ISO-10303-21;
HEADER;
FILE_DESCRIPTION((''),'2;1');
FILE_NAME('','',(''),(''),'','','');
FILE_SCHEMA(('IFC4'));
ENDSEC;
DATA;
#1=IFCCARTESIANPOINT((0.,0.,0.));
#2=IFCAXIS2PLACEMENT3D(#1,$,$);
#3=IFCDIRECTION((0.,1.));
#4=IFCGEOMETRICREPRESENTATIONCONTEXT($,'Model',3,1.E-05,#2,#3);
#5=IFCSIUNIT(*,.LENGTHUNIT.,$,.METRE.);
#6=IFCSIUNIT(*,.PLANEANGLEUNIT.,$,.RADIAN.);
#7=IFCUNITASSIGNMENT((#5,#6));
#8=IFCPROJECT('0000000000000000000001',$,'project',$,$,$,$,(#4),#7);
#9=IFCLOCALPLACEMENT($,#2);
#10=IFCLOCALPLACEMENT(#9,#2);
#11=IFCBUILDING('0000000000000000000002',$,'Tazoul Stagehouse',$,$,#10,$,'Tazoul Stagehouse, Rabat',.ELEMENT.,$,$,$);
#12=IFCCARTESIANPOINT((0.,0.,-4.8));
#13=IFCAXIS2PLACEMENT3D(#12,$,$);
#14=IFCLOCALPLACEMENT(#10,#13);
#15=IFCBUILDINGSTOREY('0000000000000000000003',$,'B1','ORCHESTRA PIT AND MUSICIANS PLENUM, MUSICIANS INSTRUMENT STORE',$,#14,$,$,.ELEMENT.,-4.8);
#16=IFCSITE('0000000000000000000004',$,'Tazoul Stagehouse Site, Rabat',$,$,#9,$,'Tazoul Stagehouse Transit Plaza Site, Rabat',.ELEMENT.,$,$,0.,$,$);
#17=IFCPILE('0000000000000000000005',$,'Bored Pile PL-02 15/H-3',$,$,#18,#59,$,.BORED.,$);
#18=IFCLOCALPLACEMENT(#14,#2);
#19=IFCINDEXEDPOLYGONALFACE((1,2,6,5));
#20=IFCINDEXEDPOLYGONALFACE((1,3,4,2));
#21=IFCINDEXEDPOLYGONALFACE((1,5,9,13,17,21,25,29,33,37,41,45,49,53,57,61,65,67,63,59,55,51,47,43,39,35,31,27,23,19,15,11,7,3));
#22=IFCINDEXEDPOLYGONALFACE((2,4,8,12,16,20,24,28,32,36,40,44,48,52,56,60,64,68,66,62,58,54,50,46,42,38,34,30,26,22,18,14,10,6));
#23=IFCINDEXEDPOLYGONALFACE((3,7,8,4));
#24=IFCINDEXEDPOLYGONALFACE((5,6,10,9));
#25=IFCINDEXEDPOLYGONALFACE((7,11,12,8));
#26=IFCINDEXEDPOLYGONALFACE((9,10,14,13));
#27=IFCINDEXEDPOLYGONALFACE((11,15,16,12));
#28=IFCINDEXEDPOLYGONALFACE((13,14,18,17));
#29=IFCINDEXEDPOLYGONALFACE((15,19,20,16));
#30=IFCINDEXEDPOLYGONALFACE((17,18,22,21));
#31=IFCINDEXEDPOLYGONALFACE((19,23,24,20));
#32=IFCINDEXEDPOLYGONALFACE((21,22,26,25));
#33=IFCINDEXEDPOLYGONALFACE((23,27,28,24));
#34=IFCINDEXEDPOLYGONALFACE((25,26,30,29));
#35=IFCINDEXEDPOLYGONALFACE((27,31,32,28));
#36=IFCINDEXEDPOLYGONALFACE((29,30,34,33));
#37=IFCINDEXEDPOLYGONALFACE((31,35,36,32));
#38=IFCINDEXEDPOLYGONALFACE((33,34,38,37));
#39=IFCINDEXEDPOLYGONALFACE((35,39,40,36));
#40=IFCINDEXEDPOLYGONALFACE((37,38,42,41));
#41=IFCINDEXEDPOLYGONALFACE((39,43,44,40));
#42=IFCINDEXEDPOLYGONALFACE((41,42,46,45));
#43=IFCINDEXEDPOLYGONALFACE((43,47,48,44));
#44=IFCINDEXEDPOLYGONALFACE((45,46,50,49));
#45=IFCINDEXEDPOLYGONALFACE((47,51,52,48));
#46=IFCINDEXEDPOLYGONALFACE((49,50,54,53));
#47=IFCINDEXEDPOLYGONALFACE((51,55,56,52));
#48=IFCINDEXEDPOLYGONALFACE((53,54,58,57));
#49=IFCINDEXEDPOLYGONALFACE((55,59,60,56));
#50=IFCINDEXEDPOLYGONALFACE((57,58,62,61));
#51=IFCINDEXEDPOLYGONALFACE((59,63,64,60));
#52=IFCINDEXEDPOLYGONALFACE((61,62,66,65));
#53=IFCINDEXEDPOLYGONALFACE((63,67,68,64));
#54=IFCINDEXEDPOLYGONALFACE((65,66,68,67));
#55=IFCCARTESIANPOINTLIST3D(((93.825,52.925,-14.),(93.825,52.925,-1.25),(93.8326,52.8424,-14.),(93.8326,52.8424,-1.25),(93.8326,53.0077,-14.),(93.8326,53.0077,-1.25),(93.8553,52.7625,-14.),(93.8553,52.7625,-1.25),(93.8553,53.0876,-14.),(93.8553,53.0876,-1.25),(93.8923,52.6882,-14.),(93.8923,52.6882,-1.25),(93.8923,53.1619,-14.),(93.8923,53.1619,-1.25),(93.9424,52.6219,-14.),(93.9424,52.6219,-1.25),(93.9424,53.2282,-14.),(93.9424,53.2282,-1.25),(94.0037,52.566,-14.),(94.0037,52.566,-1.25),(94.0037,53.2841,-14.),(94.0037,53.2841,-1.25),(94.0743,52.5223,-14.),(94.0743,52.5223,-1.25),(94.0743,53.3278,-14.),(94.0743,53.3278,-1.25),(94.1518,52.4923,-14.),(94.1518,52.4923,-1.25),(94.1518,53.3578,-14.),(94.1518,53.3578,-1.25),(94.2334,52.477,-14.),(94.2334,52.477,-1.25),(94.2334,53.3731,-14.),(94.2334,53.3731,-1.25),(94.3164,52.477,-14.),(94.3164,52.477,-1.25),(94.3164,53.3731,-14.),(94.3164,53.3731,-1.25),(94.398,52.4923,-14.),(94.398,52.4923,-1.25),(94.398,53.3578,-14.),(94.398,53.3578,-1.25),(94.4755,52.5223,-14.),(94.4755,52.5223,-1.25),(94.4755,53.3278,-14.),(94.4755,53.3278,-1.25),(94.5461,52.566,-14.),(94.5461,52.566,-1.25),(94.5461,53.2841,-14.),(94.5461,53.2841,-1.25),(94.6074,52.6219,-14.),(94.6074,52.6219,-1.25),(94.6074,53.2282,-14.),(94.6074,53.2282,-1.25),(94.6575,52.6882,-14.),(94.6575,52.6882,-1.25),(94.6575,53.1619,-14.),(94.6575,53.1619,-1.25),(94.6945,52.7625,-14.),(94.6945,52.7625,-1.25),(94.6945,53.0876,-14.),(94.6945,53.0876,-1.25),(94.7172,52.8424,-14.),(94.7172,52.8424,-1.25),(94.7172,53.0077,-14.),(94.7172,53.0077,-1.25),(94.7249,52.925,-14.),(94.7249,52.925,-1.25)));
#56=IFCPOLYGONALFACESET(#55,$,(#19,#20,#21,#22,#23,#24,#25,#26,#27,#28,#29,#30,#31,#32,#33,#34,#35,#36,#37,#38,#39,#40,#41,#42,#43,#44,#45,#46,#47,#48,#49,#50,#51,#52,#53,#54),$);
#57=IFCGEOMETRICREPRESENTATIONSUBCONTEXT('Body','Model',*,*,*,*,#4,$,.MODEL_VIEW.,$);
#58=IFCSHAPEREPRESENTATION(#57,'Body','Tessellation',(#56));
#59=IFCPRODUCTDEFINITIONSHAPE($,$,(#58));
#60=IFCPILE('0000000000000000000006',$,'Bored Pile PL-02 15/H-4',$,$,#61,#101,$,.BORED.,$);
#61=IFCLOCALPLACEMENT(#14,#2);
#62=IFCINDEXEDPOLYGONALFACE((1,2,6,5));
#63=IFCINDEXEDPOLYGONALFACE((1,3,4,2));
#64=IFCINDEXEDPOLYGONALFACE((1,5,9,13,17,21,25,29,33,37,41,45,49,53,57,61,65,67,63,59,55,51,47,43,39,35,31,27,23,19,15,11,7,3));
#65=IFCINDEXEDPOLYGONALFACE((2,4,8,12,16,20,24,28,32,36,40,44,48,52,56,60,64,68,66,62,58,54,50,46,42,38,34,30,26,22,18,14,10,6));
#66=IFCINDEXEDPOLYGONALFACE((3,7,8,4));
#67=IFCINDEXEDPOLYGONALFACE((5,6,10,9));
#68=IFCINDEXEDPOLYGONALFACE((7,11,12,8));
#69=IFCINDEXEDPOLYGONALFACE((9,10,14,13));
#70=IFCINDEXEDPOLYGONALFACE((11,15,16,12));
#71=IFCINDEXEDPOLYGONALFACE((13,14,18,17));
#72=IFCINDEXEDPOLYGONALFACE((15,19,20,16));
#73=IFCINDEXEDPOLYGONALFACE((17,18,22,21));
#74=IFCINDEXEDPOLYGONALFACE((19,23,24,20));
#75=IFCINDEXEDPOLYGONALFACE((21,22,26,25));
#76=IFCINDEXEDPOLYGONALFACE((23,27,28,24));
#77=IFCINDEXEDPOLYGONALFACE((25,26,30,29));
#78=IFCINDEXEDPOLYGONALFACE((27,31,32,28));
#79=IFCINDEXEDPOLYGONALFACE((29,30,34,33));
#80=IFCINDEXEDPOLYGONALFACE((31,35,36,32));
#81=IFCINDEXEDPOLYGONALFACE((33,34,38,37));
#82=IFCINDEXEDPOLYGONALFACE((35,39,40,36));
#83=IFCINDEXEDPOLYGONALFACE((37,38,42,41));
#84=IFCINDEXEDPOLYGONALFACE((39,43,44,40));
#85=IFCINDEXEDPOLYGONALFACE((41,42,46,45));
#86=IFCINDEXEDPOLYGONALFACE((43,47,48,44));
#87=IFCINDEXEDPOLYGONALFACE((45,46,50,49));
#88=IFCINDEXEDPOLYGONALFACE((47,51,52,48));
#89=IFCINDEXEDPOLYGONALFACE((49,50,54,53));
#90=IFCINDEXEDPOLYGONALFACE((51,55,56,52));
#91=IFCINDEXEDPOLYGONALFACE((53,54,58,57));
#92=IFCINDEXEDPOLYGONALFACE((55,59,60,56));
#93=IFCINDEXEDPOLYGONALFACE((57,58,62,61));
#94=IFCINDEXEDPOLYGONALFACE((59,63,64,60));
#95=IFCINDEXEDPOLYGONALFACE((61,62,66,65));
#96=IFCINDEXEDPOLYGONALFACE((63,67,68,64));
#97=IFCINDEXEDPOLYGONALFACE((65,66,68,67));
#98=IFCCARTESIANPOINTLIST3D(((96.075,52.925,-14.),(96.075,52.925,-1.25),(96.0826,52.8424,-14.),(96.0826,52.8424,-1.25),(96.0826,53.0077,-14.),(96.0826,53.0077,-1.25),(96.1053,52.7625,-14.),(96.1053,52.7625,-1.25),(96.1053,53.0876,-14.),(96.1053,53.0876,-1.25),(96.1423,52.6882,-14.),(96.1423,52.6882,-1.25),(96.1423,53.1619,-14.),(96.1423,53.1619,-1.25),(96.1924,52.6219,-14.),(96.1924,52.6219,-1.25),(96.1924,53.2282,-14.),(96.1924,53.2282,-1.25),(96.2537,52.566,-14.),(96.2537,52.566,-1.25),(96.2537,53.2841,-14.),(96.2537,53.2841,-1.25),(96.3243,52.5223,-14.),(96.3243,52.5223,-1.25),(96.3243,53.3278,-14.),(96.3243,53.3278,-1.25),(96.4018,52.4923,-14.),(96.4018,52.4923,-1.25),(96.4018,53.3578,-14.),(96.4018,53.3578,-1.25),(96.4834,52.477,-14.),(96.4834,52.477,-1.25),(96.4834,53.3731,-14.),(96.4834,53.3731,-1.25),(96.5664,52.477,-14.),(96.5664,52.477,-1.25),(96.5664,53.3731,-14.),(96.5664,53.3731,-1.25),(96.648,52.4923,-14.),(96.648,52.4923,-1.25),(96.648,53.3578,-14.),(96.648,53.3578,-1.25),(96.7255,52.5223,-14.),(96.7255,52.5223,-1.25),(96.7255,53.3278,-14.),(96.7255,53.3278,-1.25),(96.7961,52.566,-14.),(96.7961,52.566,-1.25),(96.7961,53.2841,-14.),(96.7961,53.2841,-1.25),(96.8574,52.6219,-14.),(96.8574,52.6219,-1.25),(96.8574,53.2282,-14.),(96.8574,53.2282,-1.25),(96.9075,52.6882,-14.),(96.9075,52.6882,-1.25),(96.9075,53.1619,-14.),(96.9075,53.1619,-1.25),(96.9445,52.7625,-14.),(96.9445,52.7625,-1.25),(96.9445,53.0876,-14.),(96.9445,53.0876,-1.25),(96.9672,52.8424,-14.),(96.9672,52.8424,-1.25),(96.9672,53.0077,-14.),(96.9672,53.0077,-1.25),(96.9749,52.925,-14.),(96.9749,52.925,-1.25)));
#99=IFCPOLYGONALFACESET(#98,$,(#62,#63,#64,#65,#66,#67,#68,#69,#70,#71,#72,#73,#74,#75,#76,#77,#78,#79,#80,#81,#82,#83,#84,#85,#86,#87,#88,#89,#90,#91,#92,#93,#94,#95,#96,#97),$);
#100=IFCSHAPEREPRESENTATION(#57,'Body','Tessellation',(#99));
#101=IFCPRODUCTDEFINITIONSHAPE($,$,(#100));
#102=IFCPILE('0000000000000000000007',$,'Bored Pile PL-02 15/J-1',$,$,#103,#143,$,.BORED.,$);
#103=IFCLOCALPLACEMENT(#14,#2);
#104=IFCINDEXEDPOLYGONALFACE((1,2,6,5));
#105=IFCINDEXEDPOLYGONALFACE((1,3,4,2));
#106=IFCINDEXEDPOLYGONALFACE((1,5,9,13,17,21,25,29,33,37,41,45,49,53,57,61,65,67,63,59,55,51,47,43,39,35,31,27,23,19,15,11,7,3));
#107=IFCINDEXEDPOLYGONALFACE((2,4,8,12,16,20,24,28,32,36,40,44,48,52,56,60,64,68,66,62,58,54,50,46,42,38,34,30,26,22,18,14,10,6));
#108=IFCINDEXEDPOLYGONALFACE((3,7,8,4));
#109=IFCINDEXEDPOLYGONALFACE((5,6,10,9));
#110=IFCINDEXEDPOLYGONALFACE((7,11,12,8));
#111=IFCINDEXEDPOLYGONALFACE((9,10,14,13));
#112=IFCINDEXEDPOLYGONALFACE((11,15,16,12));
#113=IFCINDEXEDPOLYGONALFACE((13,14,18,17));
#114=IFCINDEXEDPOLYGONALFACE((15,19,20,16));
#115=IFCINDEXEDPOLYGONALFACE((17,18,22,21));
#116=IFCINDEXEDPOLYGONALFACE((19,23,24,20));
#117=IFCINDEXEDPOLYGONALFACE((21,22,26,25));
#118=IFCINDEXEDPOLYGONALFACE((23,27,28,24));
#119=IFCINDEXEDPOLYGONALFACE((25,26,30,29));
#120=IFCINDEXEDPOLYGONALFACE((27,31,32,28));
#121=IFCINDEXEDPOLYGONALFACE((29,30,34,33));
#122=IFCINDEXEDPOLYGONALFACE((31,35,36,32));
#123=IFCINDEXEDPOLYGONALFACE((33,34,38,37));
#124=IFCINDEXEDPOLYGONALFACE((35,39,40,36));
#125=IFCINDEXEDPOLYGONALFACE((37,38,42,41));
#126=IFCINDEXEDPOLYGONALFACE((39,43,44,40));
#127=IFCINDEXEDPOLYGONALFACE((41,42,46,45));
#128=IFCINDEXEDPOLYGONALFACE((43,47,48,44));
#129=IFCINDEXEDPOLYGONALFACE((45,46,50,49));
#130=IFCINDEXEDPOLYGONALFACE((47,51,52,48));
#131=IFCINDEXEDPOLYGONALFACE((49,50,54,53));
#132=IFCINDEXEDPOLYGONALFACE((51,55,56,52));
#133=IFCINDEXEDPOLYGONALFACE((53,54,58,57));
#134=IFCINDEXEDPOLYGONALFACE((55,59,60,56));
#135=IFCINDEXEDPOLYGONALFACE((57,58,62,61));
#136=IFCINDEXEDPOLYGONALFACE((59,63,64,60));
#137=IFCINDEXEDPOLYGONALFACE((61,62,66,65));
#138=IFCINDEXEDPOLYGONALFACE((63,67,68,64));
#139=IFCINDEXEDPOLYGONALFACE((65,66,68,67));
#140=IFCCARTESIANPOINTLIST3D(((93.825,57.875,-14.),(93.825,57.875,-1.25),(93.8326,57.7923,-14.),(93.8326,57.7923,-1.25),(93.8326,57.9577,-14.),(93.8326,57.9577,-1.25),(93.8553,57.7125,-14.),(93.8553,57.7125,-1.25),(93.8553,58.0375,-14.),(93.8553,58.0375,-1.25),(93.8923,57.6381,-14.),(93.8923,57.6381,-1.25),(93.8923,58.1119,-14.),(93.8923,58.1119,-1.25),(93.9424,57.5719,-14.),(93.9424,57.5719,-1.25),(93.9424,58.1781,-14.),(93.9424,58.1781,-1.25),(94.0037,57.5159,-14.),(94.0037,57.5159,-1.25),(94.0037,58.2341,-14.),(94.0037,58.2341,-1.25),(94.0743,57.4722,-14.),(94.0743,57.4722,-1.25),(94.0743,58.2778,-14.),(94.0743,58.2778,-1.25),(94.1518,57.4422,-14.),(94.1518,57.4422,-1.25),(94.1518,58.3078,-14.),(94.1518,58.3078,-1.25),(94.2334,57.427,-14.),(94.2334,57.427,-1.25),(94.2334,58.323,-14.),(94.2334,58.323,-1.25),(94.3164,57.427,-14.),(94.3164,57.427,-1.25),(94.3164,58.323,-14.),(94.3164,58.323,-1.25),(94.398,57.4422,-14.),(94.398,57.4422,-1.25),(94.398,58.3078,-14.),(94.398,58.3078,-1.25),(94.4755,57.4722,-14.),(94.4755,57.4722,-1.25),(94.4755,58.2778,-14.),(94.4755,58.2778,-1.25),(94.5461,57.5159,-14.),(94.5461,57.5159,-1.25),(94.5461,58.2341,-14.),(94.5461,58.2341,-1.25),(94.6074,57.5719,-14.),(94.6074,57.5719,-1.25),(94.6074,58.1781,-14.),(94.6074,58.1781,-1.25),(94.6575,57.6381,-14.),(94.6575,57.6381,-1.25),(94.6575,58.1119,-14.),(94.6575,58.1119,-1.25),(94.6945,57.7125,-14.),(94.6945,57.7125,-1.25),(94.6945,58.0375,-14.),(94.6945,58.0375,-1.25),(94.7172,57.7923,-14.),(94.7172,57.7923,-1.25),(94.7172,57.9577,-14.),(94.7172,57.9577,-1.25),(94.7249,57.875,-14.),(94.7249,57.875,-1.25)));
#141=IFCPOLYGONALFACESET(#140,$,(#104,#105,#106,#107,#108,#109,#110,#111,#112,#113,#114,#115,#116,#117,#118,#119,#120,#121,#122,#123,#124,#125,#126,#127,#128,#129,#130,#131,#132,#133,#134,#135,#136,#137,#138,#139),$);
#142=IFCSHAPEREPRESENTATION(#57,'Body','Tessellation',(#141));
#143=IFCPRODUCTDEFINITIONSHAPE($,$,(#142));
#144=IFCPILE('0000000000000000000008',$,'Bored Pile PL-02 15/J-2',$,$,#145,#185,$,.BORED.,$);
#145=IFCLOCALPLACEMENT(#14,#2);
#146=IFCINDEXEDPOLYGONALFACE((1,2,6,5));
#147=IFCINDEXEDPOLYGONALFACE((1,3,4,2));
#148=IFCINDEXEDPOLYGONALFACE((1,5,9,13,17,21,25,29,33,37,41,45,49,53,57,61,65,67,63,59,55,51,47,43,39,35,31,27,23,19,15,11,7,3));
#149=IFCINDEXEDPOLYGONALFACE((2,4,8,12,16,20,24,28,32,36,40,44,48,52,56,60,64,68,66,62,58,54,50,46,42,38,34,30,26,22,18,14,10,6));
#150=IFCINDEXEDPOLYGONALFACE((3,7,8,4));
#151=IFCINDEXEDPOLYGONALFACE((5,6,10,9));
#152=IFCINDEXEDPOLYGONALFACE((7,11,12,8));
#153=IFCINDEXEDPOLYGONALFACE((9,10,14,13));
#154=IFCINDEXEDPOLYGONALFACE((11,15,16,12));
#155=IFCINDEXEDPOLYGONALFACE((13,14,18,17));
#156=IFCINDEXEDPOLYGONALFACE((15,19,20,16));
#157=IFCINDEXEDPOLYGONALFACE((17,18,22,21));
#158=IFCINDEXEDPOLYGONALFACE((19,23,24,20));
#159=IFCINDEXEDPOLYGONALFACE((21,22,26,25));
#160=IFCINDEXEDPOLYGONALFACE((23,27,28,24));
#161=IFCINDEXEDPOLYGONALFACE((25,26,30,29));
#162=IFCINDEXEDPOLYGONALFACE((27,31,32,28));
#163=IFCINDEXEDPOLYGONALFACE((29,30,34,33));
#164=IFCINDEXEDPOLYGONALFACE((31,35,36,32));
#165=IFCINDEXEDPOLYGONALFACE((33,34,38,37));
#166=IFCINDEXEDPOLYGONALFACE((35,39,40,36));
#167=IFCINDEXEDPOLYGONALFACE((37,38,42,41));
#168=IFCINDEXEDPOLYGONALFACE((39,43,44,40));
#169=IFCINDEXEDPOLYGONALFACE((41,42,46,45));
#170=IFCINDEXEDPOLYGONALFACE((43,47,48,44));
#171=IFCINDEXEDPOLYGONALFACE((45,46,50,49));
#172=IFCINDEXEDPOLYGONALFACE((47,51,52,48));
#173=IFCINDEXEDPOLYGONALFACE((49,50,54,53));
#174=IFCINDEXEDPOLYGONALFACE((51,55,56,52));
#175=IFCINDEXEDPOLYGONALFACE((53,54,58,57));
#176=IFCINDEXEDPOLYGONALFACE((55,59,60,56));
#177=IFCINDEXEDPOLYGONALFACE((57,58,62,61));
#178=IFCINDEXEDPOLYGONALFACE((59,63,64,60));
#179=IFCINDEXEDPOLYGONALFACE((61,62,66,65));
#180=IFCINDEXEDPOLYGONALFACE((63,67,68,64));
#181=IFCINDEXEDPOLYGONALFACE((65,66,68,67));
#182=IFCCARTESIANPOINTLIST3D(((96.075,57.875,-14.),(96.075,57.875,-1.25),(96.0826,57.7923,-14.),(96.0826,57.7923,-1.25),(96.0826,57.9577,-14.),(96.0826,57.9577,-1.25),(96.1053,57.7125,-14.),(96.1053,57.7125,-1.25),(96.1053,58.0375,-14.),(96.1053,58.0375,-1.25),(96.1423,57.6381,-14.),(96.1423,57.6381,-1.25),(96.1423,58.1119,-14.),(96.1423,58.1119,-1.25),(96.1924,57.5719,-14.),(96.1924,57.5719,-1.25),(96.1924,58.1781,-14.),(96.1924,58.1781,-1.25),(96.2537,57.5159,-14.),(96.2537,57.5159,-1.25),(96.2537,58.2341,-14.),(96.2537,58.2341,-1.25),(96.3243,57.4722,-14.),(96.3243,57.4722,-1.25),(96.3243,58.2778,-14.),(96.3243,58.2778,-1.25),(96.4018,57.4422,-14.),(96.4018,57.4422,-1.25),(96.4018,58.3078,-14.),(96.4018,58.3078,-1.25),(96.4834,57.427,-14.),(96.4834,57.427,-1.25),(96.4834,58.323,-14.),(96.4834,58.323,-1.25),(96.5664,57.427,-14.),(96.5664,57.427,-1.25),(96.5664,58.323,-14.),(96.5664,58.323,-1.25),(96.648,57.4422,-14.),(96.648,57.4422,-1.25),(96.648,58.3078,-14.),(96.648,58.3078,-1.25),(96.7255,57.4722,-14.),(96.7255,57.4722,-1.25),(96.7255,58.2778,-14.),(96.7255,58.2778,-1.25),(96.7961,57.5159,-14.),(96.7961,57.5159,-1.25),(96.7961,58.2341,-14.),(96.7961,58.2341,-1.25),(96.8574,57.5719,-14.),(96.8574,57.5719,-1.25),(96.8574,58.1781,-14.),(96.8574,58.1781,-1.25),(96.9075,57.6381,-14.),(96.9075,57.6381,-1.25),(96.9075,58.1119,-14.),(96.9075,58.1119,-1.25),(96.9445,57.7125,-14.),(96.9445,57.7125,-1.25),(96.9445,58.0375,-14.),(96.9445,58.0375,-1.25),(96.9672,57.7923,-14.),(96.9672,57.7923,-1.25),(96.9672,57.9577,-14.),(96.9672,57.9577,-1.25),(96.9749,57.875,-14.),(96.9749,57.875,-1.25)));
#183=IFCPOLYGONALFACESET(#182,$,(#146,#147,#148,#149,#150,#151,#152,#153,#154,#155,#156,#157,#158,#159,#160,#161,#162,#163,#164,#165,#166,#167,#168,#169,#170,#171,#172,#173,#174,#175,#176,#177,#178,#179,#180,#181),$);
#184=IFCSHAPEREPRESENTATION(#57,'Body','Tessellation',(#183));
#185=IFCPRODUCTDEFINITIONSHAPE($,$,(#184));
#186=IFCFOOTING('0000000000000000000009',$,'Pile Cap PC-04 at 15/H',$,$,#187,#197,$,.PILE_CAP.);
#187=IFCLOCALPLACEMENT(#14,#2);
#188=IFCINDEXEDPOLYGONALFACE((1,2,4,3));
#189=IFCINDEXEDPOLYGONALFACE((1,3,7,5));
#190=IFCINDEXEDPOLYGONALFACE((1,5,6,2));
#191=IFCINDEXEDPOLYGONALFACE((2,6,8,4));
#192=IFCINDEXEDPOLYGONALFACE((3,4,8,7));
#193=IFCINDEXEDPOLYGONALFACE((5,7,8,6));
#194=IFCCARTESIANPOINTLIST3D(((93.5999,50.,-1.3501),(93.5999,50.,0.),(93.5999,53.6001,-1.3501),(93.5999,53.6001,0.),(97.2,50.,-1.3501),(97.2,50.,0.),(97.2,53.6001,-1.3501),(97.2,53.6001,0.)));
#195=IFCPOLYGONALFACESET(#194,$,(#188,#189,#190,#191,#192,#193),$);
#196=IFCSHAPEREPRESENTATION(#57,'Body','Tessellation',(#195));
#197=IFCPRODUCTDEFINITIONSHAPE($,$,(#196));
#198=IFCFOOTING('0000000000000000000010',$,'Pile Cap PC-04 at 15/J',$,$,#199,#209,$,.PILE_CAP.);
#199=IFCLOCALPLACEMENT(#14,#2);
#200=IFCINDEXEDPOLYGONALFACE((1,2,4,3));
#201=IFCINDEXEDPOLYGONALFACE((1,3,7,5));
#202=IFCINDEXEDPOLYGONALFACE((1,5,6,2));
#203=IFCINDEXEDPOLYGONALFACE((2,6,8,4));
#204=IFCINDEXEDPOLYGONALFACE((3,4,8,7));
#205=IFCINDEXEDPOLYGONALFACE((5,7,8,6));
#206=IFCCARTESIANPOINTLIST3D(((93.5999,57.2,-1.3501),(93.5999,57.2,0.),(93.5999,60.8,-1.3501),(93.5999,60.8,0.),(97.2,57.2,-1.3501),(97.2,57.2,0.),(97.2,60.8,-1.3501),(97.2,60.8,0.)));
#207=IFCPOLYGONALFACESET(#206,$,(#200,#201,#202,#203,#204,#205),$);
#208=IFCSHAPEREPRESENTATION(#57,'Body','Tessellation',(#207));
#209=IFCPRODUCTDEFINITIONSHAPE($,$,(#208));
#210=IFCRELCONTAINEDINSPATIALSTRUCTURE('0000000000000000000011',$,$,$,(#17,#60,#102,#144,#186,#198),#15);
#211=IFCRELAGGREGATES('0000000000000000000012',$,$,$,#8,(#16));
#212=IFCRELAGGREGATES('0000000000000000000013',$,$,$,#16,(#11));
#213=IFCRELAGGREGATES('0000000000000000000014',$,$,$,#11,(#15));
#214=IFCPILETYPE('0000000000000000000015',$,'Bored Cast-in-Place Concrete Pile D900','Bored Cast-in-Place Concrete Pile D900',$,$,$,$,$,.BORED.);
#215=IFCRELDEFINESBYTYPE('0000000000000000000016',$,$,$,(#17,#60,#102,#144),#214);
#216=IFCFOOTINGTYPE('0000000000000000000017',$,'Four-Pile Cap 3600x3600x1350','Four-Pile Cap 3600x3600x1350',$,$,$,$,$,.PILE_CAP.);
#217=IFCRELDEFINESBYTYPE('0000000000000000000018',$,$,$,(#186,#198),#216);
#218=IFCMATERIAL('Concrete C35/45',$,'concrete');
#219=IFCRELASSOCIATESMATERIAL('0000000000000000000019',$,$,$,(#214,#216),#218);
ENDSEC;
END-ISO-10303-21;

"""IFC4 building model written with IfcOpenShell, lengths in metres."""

from ifc_helpers import new_model, si_unit, direction, frame, origin, origin_2d, place, context, subcontext, project, spatial, rectangle, circle, extrude, material, material_profile, profile_set, type_object, element, save


model = new_model("IFC4")

# Units and contexts
model_context = context("Model", 3, precision=1e-05, world=origin(), true_north=direction((0.0, 1.0)))
body_context = subcontext(model_context, "Body", "Model", "MODEL_VIEW")
ifc_project = project(units=[si_unit("LENGTHUNIT", "METRE"), si_unit("PLANEANGLEUNIT", "RADIAN")], contexts=[model_context])

# Site, building, storey
site_placement = place(None, origin())
site = spatial("IfcSite", under=ifc_project, at=site_placement, Name="Tazoul Stagehouse Site, Rabat", LongName="Tazoul Stagehouse Transit Plaza Site, Rabat", CompositionType="ELEMENT", RefElevation=0.0)
building_placement = place(site_placement, origin())
building = spatial("IfcBuilding", under=site, at=building_placement, Name="Tazoul Stagehouse", LongName="Tazoul Stagehouse, Rabat", CompositionType="ELEMENT")
storey_placement = place(building_placement, frame((0.0, 0.0, -4.8)))
storey = spatial("IfcBuildingStorey", under=building, at=storey_placement, Name="B1", Description="ORCHESTRA PIT AND MUSICIANS PLENUM, MUSICIANS INSTRUMENT STORE", CompositionType="ELEMENT", Elevation=-4.8)

# Piles
ifc_material_1 = material(Name="Concrete C35/45", Category="concrete")
ifc_material_profile_1 = material_profile(ifc_material_1, circle(Radius=0.45, at=origin_2d()), Name="BORED PILE 900")
ifc_profile_set_1 = profile_set([ifc_material_profile_1], Name="Concrete C35/45")
pile_type_1 = type_object("IfcPileType", Name="Bored Cast-in-Place Concrete Pile D900", Description="Bored Cast-in-Place Concrete Pile D900", PredefinedType="BORED", material=ifc_profile_set_1)
for number, where, z_axis, x_axis, name in (
    (1, (94.2749, 52.925, -1.25), (0.0, 0.0, -1.0), (1.0, 0.0, 0.0), "Bored Pile PL-02 15/H-3"),
    (2, (96.5249, 52.925, -1.25), (0.0, 0.0, -1.0), (1.0, 0.0, 0.0), "Bored Pile PL-02 15/H-4"),
    (3, (94.2749, 57.875, -1.25), (0.0, 0.0, -1.0), (1.0, 0.0, 0.0), "Bored Pile PL-02 15/J-1"),
    (4, (96.5249, 57.875, -1.25), (0.0, 0.0, -1.0), (1.0, 0.0, 0.0), "Bored Pile PL-02 15/J-2"),
):
    element("IfcPile", number, at=place(storey_placement, frame(where, z_axis=z_axis, x_axis=x_axis)), inside=storey, type_object=pile_type_1, Name=name, PredefinedType="BORED", context=body_context, shape_type="SweptSolid", body=[
        extrude(circle(Radius=0.45, at=origin_2d()), origin(), (0.0, 0.0, 1.0), 12.75),
    ])

# Footings
footing_type_1 = type_object("IfcFootingType", Name="Four-Pile Cap 3600x3600x1350", Description="Four-Pile Cap 3600x3600x1350", PredefinedType="PILE_CAP", material=ifc_material_1)
for number, where, z_axis, x_axis, name in (
    (5, (95.3999, 51.8, -1.3501), (0.0, 0.0, 1.0), (1.0, 0.0, 0.0), "Pile Cap PC-04 at 15/H"),
    (6, (95.3999, 59.0, -1.3501), (0.0, 0.0, 1.0), (1.0, 0.0, 0.0), "Pile Cap PC-04 at 15/J"),
):
    element("IfcFooting", number, at=place(storey_placement, frame(where, z_axis=z_axis, x_axis=x_axis)), inside=storey, type_object=footing_type_1, Name=name, PredefinedType="PILE_CAP", context=body_context, shape_type="SweptSolid", body=[
        extrude(rectangle(XDim=3.6001, YDim=3.6001, at=origin_2d()), origin(), (0.0, 0.0, 1.0), 1.3501),
    ])

save(model, "model.ifc")
